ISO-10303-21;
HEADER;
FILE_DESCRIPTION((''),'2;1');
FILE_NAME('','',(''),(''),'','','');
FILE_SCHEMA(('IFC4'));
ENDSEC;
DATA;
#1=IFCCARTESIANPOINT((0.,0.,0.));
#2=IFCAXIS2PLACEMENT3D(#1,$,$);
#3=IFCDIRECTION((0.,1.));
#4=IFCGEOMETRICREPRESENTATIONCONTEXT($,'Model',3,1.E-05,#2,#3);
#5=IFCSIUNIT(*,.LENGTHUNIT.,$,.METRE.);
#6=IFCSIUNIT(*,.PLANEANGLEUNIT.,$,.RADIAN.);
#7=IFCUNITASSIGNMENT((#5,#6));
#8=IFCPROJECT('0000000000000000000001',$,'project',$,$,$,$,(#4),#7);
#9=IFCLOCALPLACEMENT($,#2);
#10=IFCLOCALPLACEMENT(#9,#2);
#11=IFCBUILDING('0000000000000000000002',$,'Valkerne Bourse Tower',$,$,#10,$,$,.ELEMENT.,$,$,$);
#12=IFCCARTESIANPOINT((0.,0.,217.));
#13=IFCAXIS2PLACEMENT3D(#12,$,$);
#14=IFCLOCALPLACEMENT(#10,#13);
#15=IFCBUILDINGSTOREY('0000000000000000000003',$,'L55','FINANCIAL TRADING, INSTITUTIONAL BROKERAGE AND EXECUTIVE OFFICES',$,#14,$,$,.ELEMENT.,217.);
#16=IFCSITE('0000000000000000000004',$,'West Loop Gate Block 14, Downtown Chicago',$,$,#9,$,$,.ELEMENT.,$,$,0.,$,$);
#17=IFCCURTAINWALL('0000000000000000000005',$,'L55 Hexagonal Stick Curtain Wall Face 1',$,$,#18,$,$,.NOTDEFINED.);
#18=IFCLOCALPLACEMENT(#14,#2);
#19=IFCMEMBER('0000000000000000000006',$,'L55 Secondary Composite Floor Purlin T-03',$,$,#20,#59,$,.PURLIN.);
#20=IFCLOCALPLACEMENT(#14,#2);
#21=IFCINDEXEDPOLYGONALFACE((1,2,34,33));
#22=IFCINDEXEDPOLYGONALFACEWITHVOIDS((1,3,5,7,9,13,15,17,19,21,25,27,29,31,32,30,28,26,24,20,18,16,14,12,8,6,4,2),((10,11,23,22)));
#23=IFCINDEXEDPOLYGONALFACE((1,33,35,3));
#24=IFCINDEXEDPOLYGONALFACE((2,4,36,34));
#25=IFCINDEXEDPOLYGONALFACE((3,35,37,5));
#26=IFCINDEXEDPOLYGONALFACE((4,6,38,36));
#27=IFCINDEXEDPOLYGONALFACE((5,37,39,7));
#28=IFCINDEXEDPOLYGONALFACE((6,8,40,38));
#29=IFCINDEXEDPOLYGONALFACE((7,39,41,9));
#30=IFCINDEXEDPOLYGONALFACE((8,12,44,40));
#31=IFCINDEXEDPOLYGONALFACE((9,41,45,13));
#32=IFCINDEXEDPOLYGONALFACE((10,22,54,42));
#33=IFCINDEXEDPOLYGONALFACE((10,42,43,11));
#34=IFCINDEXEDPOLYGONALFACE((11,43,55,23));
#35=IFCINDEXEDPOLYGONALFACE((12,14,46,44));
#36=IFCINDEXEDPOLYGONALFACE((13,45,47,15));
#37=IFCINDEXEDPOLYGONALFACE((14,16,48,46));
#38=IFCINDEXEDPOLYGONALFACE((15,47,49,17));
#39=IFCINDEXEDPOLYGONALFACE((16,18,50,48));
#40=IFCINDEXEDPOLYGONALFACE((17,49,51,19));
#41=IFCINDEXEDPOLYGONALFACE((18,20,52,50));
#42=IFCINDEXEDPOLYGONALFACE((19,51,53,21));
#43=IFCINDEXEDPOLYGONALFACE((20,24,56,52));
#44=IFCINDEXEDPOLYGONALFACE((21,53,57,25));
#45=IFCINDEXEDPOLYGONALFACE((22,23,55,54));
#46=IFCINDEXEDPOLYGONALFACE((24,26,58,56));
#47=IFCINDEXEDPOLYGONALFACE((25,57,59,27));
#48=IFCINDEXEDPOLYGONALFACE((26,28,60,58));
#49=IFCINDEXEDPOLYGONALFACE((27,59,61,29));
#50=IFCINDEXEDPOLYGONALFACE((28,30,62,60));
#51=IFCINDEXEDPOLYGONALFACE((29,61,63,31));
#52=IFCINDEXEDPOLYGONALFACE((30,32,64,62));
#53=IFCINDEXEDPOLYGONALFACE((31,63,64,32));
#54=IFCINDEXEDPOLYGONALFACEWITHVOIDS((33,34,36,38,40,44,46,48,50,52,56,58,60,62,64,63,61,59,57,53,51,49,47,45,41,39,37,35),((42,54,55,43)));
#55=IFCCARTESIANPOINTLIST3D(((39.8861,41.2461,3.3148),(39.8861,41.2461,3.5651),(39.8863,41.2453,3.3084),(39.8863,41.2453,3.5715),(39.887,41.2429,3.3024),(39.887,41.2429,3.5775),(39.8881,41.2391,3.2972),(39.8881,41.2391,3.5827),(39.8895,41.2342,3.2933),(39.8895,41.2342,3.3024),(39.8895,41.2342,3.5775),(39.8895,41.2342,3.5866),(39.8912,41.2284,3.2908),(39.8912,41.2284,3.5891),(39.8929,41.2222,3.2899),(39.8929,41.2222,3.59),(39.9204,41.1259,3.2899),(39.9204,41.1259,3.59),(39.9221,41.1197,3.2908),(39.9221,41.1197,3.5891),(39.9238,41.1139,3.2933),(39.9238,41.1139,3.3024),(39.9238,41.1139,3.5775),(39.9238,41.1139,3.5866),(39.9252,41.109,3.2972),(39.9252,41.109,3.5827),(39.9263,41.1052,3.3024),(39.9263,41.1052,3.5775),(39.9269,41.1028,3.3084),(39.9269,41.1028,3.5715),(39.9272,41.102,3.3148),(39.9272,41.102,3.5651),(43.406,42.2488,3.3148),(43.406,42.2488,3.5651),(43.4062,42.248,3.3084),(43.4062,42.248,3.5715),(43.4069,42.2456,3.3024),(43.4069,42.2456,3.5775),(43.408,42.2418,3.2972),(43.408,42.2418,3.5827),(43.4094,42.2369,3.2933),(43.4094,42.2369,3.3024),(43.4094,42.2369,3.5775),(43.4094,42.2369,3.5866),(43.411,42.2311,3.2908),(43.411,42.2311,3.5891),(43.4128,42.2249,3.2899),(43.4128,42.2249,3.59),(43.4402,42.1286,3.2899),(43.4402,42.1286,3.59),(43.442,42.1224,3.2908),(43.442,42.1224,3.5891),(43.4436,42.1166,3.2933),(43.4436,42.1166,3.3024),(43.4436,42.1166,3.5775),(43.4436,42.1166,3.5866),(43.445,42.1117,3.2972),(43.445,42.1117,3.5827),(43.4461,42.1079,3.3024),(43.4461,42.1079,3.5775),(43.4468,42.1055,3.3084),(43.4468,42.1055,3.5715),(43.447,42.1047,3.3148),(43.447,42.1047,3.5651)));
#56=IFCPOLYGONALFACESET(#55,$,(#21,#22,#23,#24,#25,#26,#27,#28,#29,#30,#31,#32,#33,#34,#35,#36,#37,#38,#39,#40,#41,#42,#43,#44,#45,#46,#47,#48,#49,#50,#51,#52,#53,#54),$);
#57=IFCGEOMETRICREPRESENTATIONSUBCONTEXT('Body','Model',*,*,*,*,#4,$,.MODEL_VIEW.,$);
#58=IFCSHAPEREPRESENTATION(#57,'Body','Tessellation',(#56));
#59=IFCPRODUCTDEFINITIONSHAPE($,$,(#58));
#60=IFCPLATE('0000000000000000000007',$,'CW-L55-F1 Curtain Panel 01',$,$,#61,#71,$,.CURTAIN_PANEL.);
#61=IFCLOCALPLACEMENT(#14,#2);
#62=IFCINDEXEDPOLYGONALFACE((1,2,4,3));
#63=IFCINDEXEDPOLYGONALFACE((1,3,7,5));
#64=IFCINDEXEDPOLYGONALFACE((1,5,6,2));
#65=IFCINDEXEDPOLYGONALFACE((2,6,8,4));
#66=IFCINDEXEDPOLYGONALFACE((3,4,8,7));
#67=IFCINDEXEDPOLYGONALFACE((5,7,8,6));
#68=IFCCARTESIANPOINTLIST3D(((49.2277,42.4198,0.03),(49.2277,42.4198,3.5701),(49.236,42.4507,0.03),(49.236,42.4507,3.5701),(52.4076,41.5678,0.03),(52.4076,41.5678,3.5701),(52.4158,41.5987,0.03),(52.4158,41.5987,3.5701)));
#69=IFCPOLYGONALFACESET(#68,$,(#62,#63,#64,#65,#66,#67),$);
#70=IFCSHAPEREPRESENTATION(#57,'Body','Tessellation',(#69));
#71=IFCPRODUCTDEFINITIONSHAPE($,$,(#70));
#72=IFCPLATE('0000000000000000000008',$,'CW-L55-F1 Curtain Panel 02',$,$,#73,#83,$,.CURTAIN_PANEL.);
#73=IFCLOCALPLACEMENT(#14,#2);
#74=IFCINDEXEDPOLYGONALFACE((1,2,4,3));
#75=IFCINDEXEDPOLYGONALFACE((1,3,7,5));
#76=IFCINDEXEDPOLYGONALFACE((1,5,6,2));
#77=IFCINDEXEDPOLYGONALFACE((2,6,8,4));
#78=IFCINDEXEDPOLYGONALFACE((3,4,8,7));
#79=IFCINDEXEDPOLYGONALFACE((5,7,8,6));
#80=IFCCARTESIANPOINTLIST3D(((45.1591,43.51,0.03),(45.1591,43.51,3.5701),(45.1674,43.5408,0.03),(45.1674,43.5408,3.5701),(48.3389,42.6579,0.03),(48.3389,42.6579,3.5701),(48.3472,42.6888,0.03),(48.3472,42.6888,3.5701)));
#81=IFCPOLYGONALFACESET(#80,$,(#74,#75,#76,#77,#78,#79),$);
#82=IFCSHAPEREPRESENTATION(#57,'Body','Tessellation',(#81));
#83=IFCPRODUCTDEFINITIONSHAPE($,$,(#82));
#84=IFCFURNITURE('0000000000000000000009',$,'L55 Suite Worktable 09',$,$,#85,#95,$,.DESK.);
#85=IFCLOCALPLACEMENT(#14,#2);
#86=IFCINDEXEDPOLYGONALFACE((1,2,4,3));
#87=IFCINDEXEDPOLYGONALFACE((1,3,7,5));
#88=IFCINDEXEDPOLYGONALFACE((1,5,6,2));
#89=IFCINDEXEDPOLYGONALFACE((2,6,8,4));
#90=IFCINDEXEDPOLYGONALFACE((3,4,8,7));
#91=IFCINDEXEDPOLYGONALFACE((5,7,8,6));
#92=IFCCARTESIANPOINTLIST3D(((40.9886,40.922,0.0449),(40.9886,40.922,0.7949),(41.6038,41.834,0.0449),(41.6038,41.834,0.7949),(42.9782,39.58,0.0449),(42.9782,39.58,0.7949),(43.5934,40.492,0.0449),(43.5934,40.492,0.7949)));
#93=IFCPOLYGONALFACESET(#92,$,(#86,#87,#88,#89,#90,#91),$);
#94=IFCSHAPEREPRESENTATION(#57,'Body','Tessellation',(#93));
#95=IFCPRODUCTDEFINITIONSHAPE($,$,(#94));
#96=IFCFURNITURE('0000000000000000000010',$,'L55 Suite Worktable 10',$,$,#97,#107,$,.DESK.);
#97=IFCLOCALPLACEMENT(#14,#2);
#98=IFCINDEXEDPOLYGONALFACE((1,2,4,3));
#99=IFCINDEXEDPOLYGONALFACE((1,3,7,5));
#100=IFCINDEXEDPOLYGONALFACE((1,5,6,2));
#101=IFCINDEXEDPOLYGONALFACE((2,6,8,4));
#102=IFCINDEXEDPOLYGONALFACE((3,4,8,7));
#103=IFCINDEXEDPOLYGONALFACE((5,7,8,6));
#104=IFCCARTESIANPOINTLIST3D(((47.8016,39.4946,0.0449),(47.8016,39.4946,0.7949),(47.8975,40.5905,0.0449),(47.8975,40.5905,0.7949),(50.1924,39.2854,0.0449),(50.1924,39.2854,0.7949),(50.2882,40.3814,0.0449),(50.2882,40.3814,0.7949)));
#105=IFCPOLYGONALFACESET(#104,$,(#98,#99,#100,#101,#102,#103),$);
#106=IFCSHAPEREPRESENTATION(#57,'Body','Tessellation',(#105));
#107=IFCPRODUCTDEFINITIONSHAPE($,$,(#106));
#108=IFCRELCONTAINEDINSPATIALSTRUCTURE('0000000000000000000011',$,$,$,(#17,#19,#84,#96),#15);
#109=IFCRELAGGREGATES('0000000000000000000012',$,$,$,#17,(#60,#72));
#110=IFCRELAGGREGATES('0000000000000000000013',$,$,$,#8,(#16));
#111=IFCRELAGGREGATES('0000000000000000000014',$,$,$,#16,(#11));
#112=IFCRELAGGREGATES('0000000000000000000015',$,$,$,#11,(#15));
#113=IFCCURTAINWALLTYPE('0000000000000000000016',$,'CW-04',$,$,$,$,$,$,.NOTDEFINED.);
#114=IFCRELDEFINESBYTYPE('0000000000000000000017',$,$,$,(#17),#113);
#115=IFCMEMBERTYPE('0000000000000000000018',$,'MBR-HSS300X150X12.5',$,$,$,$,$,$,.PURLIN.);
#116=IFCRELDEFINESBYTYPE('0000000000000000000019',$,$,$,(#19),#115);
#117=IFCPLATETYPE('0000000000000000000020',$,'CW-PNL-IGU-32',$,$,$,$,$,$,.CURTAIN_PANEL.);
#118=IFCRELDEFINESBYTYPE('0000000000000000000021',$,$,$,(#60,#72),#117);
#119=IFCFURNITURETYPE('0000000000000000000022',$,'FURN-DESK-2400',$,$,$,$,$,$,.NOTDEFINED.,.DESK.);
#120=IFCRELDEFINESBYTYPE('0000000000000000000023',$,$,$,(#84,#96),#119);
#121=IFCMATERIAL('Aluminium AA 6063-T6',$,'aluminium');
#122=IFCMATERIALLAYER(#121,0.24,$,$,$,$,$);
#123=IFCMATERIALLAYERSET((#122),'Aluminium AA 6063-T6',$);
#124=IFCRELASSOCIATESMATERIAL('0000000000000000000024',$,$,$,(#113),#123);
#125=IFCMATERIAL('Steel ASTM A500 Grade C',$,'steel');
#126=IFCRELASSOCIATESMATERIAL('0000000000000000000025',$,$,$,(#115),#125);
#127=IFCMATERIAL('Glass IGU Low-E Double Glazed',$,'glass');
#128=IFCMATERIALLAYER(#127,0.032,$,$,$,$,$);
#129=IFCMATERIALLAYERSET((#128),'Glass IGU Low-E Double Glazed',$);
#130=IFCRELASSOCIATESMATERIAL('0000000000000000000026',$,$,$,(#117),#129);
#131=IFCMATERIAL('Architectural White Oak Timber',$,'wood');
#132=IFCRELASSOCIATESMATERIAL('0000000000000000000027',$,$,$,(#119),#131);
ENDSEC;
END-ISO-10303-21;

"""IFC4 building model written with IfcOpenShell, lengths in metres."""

from ifc_helpers import new_model, si_unit, direction, frame, origin, origin_2d, place, context, subcontext, project, spatial, rectangle, hollow_rectangle, extrude, material, layer, layer_set, material_profile, profile_set, type_object, element, aggregate, save


model = new_model("IFC4")

# Units and contexts
model_context = context("Model", 3, precision=1e-05, world=origin(), true_north=direction((0.0, 1.0)))
body_context = subcontext(model_context, "Body", "Model", "MODEL_VIEW")
ifc_project = project(units=[si_unit("LENGTHUNIT", "METRE"), si_unit("PLANEANGLEUNIT", "RADIAN")], contexts=[model_context])

# Site, building, storey
site_placement = place(None, origin())
site = spatial("IfcSite", under=ifc_project, at=site_placement, Name="West Loop Gate Block 14, Downtown Chicago", CompositionType="ELEMENT", RefElevation=0.0)
building_placement = place(site_placement, origin())
building = spatial("IfcBuilding", under=site, at=building_placement, Name="Valkerne Bourse Tower", CompositionType="ELEMENT")
storey_placement = place(building_placement, frame((0.0, 0.0, 217.0)))
storey = spatial("IfcBuildingStorey", under=building, at=storey_placement, Name="L55", Description="FINANCIAL TRADING, INSTITUTIONAL BROKERAGE AND EXECUTIVE OFFICES", CompositionType="ELEMENT", Elevation=217.0)

# Curtain wall
ifc_material_1 = material(Name="Aluminium AA 6063-T6", Category="aluminium")
ifc_layer_1 = layer(ifc_material_1, 0.24)
ifc_layer_set_1 = layer_set([ifc_layer_1], Name="Aluminium AA 6063-T6")
curtain_wall_type = type_object("IfcCurtainWallType", Name="CW-04", PredefinedType="NOTDEFINED", material=ifc_layer_set_1)
curtain_wall_1_placement = place(storey_placement, origin())
curtain_wall_1 = element("IfcCurtainWall", 1, at=curtain_wall_1_placement, inside=storey, type_object=curtain_wall_type, Name="L55 Hexagonal Stick Curtain Wall Face 1", PredefinedType="NOTDEFINED")

# Member
ifc_material_2 = material(Name="Steel ASTM A500 Grade C", Category="steel")
ifc_material_profile_1 = material_profile(ifc_material_2, hollow_rectangle(XDim=0.1499, YDim=0.3, WallThickness=0.0125, OuterFilletRadius=0.0249, at=origin_2d()), Name="HSS300X150X12.5")
ifc_profile_set_1 = profile_set([ifc_material_profile_1], Name="Steel ASTM A500 Grade C")
member_type_1 = type_object("IfcMemberType", Name="MBR-HSS300X150X12.5", PredefinedType="PURLIN", material=ifc_profile_set_1)
member_1_placement = place(storey_placement, frame((43.4265, 42.1768, 3.4399), z_axis=(-0.961738, -0.273972, 0.0), x_axis=(0.273972, -0.961738, 0.0)))
element("IfcMember", 2, at=member_1_placement, inside=storey, type_object=member_type_1, Name="L55 Secondary Composite Floor Purlin T-03", PredefinedType="PURLIN", context=body_context, shape_type="SweptSolid", body=[
    extrude(hollow_rectangle(XDim=0.1499, YDim=0.3, WallThickness=0.0125, OuterFilletRadius=0.0249, at=origin_2d()), origin(), (0.0, 0.0, 1.0), 3.6599),
])

# Plates
ifc_material_3 = material(Name="Glass IGU Low-E Double Glazed", Category="glass")
ifc_layer_2 = layer(ifc_material_3, 0.032)
ifc_layer_set_2 = layer_set([ifc_layer_2], Name="Glass IGU Low-E Double Glazed")
plate_type = type_object("IfcPlateType", Name="CW-PNL-IGU-32", PredefinedType="CURTAIN_PANEL", material=ifc_layer_set_2)
plate_1_placement = place(storey_placement, frame((50.8218, 42.0093, 0.03), z_axis=(0.0, 0.0, 1.0), x_axis=(-0.965929, 0.258808, 0.0)))
plate_1 = element("IfcPlate", 3, at=plate_1_placement, type_object=plate_type, Name="CW-L55-F1 Curtain Panel 01", PredefinedType="CURTAIN_PANEL", context=body_context, shape_type="SweptSolid", body=[
    extrude(rectangle(XDim=3.292, YDim=0.032, at=origin_2d()), origin(), (0.0, 0.0, 1.0), 3.54),
])
plate_2_placement = place(storey_placement, frame((46.7532, 43.0994, 0.03), z_axis=(0.0, 0.0, 1.0), x_axis=(-0.965923, 0.25883, 0.0)))
plate_2 = element("IfcPlate", 4, at=plate_2_placement, type_object=plate_type, Name="CW-L55-F1 Curtain Panel 02", PredefinedType="CURTAIN_PANEL", context=body_context, shape_type="SweptSolid", body=[
    extrude(rectangle(XDim=3.292, YDim=0.032, at=origin_2d()), origin(), (0.0, 0.0, 1.0), 3.54),
])
aggregate(curtain_wall_1, [plate_1, plate_2])

# Furniture
ifc_material_4 = material(Name="Architectural White Oak Timber", Category="wood")
furniture_type = type_object("IfcFurnitureType", Name="FURN-DESK-2400", AssemblyPlace="NOTDEFINED", PredefinedType="DESK", material=ifc_material_4)
for number, where, z_axis, x_axis, name in (
    (5, (42.291, 40.707, 0.0449), (0.0, 0.0, 1.0), (-0.829038, 0.559193, 0.0), "L55 Suite Worktable 09"),
    (6, (49.0449, 39.938, 0.0449), (0.0, 0.0, 1.0), (-0.996195, 0.087156, 0.0), "L55 Suite Worktable 10"),
):
    element("IfcFurniture", number, at=place(storey_placement, frame(where, z_axis=z_axis, x_axis=x_axis)), inside=storey, type_object=furniture_type, Name=name, PredefinedType="DESK", context=body_context, shape_type="SweptSolid", body=[
        extrude(rectangle(XDim=2.3999, YDim=1.1001, at=origin_2d()), origin(), (0.0, 0.0, 1.0), 0.75),
    ])

save(model, "model.ifc")
